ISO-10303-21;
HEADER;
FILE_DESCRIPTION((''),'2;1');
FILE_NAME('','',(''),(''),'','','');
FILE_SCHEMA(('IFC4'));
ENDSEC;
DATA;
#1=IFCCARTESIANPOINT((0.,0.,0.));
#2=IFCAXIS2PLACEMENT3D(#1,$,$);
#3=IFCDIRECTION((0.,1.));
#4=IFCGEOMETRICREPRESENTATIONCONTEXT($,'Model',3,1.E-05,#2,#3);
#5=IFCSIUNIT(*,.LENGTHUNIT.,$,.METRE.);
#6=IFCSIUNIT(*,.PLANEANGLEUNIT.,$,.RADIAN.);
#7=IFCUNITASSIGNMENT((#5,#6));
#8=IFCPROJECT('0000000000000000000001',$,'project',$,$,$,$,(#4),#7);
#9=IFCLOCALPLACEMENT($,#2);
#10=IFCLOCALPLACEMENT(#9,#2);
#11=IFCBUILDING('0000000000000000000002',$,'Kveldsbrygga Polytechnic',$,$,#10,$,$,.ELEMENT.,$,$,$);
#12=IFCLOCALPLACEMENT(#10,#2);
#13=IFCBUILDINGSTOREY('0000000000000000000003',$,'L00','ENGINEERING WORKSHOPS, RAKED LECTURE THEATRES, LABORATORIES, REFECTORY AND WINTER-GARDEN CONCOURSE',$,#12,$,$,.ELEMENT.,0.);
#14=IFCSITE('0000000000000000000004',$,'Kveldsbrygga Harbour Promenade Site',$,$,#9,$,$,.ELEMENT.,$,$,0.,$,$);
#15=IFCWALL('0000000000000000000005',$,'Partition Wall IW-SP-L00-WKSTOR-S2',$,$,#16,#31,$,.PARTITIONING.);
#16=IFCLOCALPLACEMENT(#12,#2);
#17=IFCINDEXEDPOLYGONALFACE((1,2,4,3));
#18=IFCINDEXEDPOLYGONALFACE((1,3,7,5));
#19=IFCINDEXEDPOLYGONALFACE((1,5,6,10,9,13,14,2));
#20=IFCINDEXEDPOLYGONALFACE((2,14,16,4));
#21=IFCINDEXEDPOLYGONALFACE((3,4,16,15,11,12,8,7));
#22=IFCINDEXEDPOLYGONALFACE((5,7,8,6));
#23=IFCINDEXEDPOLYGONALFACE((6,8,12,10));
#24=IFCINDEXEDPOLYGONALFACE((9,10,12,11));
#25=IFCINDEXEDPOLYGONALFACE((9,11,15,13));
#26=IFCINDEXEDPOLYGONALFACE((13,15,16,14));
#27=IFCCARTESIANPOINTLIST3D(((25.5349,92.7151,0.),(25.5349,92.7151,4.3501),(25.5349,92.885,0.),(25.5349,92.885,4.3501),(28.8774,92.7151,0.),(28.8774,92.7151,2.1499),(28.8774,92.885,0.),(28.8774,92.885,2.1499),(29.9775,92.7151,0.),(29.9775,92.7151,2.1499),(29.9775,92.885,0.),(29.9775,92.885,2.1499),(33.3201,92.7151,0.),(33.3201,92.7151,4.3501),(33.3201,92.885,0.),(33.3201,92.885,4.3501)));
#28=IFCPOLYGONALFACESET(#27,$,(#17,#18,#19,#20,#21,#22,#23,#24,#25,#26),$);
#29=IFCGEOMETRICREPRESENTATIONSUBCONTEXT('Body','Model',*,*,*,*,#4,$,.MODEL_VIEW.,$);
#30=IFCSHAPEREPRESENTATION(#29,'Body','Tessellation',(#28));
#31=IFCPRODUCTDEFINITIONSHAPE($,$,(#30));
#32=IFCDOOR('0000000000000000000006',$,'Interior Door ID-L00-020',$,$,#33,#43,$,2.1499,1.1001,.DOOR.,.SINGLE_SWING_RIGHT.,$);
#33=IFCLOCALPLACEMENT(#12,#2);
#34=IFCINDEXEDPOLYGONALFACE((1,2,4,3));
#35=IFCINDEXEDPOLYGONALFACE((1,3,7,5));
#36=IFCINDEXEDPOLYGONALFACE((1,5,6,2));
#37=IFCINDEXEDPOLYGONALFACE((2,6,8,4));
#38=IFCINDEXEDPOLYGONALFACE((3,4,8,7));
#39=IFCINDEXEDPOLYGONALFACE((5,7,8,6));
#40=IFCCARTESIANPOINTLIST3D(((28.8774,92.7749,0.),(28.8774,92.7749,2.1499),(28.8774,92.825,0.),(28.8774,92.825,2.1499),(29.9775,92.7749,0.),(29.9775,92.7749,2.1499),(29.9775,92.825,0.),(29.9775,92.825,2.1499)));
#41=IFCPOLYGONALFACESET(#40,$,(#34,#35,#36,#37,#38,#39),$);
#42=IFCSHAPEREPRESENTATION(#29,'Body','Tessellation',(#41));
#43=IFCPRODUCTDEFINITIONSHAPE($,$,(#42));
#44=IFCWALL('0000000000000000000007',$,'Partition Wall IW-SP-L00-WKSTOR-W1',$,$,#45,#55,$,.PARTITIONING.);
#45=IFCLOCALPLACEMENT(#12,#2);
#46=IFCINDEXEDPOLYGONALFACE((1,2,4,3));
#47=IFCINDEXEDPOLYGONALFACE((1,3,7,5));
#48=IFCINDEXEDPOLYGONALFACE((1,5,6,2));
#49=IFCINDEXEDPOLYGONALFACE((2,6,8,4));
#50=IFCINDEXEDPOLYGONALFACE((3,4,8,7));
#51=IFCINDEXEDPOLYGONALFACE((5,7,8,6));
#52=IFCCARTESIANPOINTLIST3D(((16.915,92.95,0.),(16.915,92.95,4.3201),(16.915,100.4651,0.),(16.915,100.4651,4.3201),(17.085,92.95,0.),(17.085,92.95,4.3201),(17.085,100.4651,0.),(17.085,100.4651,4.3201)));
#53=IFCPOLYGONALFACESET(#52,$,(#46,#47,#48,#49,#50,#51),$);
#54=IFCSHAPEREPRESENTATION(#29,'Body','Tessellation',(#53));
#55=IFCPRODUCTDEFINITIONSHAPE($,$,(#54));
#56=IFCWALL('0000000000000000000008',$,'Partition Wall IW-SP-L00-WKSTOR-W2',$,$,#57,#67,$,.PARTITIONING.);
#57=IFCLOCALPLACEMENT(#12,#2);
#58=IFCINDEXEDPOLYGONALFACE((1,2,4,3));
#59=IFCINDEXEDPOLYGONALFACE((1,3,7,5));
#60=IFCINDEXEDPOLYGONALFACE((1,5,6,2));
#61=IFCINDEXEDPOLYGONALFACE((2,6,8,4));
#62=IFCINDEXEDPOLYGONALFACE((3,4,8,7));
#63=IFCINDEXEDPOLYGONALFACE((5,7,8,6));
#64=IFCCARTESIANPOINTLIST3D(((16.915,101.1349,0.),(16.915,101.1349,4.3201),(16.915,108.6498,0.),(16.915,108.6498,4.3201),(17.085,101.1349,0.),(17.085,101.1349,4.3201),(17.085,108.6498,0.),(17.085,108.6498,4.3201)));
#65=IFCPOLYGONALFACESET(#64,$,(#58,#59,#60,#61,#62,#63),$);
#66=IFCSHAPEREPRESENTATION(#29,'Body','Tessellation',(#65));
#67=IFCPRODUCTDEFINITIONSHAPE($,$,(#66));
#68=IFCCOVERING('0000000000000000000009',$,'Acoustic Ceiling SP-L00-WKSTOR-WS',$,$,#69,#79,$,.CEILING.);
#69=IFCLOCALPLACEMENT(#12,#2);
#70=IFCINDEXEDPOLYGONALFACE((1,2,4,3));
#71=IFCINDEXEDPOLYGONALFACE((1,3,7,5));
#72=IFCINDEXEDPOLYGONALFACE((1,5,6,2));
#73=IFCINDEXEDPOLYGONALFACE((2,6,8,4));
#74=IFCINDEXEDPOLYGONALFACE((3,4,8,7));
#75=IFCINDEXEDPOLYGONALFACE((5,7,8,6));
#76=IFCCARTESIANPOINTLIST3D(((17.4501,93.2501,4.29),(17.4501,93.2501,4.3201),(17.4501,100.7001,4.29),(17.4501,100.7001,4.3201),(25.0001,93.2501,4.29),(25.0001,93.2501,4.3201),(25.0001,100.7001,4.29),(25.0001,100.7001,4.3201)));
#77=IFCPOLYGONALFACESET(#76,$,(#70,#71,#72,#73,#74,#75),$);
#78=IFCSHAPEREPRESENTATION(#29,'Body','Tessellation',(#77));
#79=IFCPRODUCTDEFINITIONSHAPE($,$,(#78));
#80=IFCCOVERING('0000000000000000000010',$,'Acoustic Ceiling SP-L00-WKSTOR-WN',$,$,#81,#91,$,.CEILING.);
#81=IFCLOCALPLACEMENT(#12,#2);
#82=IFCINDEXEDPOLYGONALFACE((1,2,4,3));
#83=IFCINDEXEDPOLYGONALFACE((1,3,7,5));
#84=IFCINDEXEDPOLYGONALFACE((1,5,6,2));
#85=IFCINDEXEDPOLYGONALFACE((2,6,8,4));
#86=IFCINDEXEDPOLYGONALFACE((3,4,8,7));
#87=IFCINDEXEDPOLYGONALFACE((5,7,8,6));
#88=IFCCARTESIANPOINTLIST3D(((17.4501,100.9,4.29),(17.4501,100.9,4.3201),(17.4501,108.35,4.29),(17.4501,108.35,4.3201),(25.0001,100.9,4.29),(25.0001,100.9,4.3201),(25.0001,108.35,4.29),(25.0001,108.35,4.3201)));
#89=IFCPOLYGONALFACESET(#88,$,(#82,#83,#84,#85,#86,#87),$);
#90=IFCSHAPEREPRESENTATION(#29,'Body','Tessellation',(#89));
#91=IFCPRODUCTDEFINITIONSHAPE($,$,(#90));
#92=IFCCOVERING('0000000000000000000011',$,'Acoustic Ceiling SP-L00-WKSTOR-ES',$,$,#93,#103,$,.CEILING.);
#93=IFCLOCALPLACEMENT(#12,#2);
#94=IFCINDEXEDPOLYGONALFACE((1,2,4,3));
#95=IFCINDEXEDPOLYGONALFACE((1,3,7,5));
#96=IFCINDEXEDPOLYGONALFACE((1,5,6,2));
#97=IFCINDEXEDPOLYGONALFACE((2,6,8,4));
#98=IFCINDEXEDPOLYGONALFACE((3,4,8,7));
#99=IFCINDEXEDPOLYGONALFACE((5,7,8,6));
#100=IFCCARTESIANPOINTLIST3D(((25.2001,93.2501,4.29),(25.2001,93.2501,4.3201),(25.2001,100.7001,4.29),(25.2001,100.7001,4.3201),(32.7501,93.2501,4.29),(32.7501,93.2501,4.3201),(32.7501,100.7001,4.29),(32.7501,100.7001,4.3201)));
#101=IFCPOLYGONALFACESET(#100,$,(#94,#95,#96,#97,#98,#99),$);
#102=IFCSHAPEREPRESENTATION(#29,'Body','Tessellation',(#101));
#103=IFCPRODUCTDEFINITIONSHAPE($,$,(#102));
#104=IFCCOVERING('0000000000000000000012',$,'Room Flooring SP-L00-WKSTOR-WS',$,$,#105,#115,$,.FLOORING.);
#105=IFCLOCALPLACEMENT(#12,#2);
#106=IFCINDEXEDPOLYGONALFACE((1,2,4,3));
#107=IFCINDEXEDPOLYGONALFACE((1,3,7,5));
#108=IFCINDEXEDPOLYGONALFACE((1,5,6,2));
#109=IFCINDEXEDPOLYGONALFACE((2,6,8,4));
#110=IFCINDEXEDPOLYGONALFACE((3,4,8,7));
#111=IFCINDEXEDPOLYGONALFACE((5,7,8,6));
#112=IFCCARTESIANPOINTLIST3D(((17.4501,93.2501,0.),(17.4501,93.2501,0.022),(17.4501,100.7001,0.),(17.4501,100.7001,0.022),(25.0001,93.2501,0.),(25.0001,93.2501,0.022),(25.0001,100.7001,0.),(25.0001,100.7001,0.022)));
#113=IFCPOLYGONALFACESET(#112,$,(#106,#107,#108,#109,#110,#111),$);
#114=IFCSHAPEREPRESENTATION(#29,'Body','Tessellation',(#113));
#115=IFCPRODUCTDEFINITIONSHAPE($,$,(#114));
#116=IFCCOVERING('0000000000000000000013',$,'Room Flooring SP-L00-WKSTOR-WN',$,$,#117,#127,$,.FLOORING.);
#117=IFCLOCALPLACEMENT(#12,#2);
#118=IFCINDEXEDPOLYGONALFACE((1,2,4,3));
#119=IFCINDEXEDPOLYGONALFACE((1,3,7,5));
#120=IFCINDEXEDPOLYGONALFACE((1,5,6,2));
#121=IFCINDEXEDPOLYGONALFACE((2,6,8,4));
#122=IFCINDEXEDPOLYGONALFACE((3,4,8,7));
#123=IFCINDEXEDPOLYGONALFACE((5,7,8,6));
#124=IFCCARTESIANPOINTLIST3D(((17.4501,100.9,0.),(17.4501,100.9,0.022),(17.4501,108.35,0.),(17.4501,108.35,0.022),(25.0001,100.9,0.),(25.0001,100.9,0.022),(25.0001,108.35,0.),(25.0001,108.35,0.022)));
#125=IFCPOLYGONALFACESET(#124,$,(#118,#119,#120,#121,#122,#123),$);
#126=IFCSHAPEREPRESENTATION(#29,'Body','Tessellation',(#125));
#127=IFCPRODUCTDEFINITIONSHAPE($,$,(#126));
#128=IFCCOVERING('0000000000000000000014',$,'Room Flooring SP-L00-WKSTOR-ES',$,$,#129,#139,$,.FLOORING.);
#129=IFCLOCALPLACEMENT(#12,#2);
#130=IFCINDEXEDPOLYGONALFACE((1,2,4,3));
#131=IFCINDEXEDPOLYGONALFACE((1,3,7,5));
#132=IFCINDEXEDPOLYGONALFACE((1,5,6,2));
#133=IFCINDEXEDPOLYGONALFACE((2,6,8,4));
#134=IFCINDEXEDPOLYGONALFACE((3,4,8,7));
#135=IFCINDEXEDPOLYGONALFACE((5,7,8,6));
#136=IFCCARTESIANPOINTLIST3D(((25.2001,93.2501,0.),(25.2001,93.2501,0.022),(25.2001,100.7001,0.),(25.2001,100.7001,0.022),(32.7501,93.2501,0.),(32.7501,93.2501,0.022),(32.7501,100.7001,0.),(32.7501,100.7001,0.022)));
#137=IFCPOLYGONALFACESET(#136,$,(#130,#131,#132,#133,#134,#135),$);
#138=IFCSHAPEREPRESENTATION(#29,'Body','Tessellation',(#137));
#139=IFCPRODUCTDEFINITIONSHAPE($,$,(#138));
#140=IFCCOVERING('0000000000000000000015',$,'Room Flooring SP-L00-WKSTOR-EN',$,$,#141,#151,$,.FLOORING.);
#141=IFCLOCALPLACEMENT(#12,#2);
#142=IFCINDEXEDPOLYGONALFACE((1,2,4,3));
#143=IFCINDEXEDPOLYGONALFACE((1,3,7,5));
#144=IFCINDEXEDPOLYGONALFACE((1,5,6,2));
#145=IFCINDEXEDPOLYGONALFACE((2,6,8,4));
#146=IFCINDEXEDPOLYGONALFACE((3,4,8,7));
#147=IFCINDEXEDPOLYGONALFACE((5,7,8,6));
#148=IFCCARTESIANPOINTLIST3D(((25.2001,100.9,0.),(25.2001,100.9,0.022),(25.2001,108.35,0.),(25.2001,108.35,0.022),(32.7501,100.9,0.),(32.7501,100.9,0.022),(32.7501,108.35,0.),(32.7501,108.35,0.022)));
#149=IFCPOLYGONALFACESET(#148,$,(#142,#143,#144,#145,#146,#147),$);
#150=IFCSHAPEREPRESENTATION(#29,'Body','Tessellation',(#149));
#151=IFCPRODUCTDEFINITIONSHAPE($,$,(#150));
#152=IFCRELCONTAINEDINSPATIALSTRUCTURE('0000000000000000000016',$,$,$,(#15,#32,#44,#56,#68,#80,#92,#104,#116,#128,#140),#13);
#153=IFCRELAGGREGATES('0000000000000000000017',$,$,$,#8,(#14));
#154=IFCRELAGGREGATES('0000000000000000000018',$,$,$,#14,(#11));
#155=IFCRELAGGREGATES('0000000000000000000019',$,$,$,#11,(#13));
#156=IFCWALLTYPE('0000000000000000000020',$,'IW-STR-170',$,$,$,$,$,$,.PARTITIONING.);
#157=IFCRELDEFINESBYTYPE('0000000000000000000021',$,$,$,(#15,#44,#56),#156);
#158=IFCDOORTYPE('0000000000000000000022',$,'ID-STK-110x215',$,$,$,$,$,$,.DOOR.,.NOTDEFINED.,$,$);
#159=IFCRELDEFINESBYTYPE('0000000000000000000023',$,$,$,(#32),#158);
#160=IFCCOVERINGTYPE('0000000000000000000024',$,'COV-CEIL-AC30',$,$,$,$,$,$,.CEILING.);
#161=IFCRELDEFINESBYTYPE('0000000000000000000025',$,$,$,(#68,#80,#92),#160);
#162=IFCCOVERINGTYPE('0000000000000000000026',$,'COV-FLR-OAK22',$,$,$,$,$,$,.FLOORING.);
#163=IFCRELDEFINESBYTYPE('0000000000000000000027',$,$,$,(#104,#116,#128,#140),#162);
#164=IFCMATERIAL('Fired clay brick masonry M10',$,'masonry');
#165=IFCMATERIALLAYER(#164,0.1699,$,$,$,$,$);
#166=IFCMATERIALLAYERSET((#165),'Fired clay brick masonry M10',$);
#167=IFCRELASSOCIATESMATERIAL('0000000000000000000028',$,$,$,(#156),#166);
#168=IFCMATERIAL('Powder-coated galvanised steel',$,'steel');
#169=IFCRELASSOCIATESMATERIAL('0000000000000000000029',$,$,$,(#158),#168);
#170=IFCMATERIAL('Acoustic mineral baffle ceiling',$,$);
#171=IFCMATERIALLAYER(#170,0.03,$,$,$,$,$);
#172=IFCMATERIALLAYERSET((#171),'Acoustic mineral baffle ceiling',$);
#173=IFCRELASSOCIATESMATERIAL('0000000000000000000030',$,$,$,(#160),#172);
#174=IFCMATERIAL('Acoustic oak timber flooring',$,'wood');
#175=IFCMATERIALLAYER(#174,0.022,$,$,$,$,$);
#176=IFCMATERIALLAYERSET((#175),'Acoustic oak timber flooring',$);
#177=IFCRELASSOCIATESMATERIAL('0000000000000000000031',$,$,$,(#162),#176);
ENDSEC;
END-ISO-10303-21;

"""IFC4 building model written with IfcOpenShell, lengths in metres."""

from ifc_helpers import new_model, si_unit, direction, frame, frame_2d, origin, origin_2d, place, context, subcontext, project, spatial, rectangle, extrude, material, layer, layer_set, type_object, element, fill, save


model = new_model("IFC4")

# Units and contexts
model_context = context("Model", 3, precision=1e-05, world=origin(), true_north=direction((0.0, 1.0)))
body_context = subcontext(model_context, "Body", "Model", "MODEL_VIEW")
ifc_project = project(units=[si_unit("LENGTHUNIT", "METRE"), si_unit("PLANEANGLEUNIT", "RADIAN")], contexts=[model_context])

# Site, building, storey
site_placement = place(None, origin())
site = spatial("IfcSite", under=ifc_project, at=site_placement, Name="Kveldsbrygga Harbour Promenade Site", CompositionType="ELEMENT", RefElevation=0.0)
building_placement = place(site_placement, origin())
building = spatial("IfcBuilding", under=site, at=building_placement, Name="Kveldsbrygga Polytechnic", CompositionType="ELEMENT")
storey_placement = place(building_placement, origin())
storey = spatial("IfcBuildingStorey", under=building, at=storey_placement, Name="L00", Description="ENGINEERING WORKSHOPS, RAKED LECTURE THEATRES, LABORATORIES, REFECTORY AND WINTER-GARDEN CONCOURSE", CompositionType="ELEMENT", Elevation=0.0)

# Shared definitions
ifc_material_1 = material(Name="Fired clay brick masonry M10", Category="masonry")

# Shared definitions
ifc_layer_1 = layer(ifc_material_1, 0.1699)
ifc_layer_set_1 = layer_set([ifc_layer_1], Name="Fired clay brick masonry M10")
wall_type_1 = type_object("IfcWallType", Name="IW-STR-170", PredefinedType="PARTITIONING", material=ifc_layer_set_1)

# Wall, opening, door
wall_1_placement = place(storey_placement, frame((25.5349, 92.8, 0.0), z_axis=(0.0, 0.0, 1.0), x_axis=(1.0, 0.0, 0.0)))
wall_1 = element("IfcWall", 1, at=wall_1_placement, inside=storey, type_object=wall_type_1, Name="Partition Wall IW-SP-L00-WKSTOR-S2", PredefinedType="PARTITIONING", context=body_context, shape_type="SweptSolid", body=[
    extrude(rectangle(XDim=7.7852, YDim=0.1699, at=frame_2d((3.8926, 0.0))), origin(), (0.0, 0.0, 1.0), 4.3501),
])
opening_1_placement = place(wall_1_placement, frame((3.3425, 0.0, 0.0)))
opening_1 = element("IfcOpeningElement", 2, at=opening_1_placement, cuts=wall_1, PredefinedType="OPENING", context=body_context, shape_type="SweptSolid", body=[
    extrude(rectangle(XDim=1.1001, YDim=2.1499, at=frame_2d((0.55, 1.075))), frame((0.0, 0.095, 0.0), z_axis=(0.0, -1.0, 0.0), x_axis=(1.0, 0.0, 0.0)), (0.0, 0.0, 1.0), 0.1899),
])
ifc_material_2 = material(Name="Powder-coated galvanised steel", Category="steel")
door_type_1 = type_object("IfcDoorType", Name="ID-STK-110x215", OperationType="NOTDEFINED", PredefinedType="DOOR", material=ifc_material_2)
door_1_placement = place(opening_1_placement, origin())
door_1 = element("IfcDoor", 3, at=door_1_placement, inside=storey, type_object=door_type_1, Name="Interior Door ID-L00-020", OperationType="SINGLE_SWING_RIGHT", OverallHeight=2.1499, OverallWidth=1.1001, PredefinedType="DOOR", context=body_context, shape_type="SweptSolid", body=[
    extrude(rectangle(XDim=1.1001, YDim=2.1499, at=frame_2d((0.55, 1.075))), frame((0.0, 0.0249, 0.0), z_axis=(0.0, -1.0, 0.0), x_axis=(1.0, 0.0, 0.0)), (0.0, 0.0, 1.0), 0.05),
])
fill(opening_1, door_1)

# Walls
wall_2_placement = place(storey_placement, frame((17.0, 92.95, 0.0), z_axis=(0.0, 0.0, 1.0), x_axis=(0.0, 1.0, 0.0)))
element("IfcWall", 4, at=wall_2_placement, inside=storey, type_object=wall_type_1, Name="Partition Wall IW-SP-L00-WKSTOR-W1", PredefinedType="PARTITIONING", context=body_context, shape_type="SweptSolid", body=[
    extrude(rectangle(XDim=7.5151, YDim=0.1699, at=frame_2d((3.7576, 0.0))), origin(), (0.0, 0.0, 1.0), 4.3201),
])
wall_3_placement = place(storey_placement, frame((17.0, 101.135, 0.0), z_axis=(0.0, 0.0, 1.0), x_axis=(0.0, 1.0, 0.0)))
element("IfcWall", 5, at=wall_3_placement, inside=storey, type_object=wall_type_1, Name="Partition Wall IW-SP-L00-WKSTOR-W2", PredefinedType="PARTITIONING", context=body_context, shape_type="SweptSolid", body=[
    extrude(rectangle(XDim=7.5149, YDim=0.1699, at=frame_2d((3.7573, 0.0))), origin(), (0.0, 0.0, 1.0), 4.3201),
])

# Coverings
ifc_material_3 = material(Name="Acoustic mineral baffle ceiling")
ifc_layer_2 = layer(ifc_material_3, 0.03)
ifc_layer_set_2 = layer_set([ifc_layer_2], Name="Acoustic mineral baffle ceiling")
covering_type_1 = type_object("IfcCoveringType", Name="COV-CEIL-AC30", PredefinedType="CEILING", material=ifc_layer_set_2)
for number, where, z_axis, x_axis, name in (
    (6, (21.2251, 96.9751, 4.29), (0.0, 0.0, 1.0), (1.0, 0.0, 0.0), "Acoustic Ceiling SP-L00-WKSTOR-WS"),
    (7, (21.2251, 104.625, 4.29), (0.0, 0.0, 1.0), (1.0, 0.0, 0.0), "Acoustic Ceiling SP-L00-WKSTOR-WN"),
    (8, (28.9751, 96.9751, 4.29), (0.0, 0.0, 1.0), (1.0, 0.0, 0.0), "Acoustic Ceiling SP-L00-WKSTOR-ES"),
):
    element("IfcCovering", number, at=place(storey_placement, frame(where, z_axis=z_axis, x_axis=x_axis)), inside=storey, type_object=covering_type_1, Name=name, PredefinedType="CEILING", context=body_context, shape_type="SweptSolid", body=[
        extrude(rectangle(XDim=7.55, YDim=7.45, at=origin_2d()), origin(), (0.0, 0.0, 1.0), 0.03),
    ])
ifc_material_4 = material(Name="Acoustic oak timber flooring", Category="wood")
ifc_layer_3 = layer(ifc_material_4, 0.022)
ifc_layer_set_3 = layer_set([ifc_layer_3], Name="Acoustic oak timber flooring")
covering_type_2 = type_object("IfcCoveringType", Name="COV-FLR-OAK22", PredefinedType="FLOORING", material=ifc_layer_set_3)
for number, where, z_axis, x_axis, name in (
    (9, (21.2251, 96.9751, 0.0), (0.0, 0.0, 1.0), (1.0, 0.0, 0.0), "Room Flooring SP-L00-WKSTOR-WS"),
    (10, (21.2251, 104.625, 0.0), (0.0, 0.0, 1.0), (1.0, 0.0, 0.0), "Room Flooring SP-L00-WKSTOR-WN"),
    (11, (28.9751, 96.9751, 0.0), (0.0, 0.0, 1.0), (1.0, 0.0, 0.0), "Room Flooring SP-L00-WKSTOR-ES"),
    (12, (28.9751, 104.625, 0.0), (0.0, 0.0, 1.0), (1.0, 0.0, 0.0), "Room Flooring SP-L00-WKSTOR-EN"),
):
    element("IfcCovering", number, at=place(storey_placement, frame(where, z_axis=z_axis, x_axis=x_axis)), inside=storey, type_object=covering_type_2, Name=name, PredefinedType="FLOORING", context=body_context, shape_type="SweptSolid", body=[
        extrude(rectangle(XDim=7.55, YDim=7.45, at=origin_2d()), origin(), (0.0, 0.0, 1.0), 0.022),
    ])

save(model, "model.ifc")
